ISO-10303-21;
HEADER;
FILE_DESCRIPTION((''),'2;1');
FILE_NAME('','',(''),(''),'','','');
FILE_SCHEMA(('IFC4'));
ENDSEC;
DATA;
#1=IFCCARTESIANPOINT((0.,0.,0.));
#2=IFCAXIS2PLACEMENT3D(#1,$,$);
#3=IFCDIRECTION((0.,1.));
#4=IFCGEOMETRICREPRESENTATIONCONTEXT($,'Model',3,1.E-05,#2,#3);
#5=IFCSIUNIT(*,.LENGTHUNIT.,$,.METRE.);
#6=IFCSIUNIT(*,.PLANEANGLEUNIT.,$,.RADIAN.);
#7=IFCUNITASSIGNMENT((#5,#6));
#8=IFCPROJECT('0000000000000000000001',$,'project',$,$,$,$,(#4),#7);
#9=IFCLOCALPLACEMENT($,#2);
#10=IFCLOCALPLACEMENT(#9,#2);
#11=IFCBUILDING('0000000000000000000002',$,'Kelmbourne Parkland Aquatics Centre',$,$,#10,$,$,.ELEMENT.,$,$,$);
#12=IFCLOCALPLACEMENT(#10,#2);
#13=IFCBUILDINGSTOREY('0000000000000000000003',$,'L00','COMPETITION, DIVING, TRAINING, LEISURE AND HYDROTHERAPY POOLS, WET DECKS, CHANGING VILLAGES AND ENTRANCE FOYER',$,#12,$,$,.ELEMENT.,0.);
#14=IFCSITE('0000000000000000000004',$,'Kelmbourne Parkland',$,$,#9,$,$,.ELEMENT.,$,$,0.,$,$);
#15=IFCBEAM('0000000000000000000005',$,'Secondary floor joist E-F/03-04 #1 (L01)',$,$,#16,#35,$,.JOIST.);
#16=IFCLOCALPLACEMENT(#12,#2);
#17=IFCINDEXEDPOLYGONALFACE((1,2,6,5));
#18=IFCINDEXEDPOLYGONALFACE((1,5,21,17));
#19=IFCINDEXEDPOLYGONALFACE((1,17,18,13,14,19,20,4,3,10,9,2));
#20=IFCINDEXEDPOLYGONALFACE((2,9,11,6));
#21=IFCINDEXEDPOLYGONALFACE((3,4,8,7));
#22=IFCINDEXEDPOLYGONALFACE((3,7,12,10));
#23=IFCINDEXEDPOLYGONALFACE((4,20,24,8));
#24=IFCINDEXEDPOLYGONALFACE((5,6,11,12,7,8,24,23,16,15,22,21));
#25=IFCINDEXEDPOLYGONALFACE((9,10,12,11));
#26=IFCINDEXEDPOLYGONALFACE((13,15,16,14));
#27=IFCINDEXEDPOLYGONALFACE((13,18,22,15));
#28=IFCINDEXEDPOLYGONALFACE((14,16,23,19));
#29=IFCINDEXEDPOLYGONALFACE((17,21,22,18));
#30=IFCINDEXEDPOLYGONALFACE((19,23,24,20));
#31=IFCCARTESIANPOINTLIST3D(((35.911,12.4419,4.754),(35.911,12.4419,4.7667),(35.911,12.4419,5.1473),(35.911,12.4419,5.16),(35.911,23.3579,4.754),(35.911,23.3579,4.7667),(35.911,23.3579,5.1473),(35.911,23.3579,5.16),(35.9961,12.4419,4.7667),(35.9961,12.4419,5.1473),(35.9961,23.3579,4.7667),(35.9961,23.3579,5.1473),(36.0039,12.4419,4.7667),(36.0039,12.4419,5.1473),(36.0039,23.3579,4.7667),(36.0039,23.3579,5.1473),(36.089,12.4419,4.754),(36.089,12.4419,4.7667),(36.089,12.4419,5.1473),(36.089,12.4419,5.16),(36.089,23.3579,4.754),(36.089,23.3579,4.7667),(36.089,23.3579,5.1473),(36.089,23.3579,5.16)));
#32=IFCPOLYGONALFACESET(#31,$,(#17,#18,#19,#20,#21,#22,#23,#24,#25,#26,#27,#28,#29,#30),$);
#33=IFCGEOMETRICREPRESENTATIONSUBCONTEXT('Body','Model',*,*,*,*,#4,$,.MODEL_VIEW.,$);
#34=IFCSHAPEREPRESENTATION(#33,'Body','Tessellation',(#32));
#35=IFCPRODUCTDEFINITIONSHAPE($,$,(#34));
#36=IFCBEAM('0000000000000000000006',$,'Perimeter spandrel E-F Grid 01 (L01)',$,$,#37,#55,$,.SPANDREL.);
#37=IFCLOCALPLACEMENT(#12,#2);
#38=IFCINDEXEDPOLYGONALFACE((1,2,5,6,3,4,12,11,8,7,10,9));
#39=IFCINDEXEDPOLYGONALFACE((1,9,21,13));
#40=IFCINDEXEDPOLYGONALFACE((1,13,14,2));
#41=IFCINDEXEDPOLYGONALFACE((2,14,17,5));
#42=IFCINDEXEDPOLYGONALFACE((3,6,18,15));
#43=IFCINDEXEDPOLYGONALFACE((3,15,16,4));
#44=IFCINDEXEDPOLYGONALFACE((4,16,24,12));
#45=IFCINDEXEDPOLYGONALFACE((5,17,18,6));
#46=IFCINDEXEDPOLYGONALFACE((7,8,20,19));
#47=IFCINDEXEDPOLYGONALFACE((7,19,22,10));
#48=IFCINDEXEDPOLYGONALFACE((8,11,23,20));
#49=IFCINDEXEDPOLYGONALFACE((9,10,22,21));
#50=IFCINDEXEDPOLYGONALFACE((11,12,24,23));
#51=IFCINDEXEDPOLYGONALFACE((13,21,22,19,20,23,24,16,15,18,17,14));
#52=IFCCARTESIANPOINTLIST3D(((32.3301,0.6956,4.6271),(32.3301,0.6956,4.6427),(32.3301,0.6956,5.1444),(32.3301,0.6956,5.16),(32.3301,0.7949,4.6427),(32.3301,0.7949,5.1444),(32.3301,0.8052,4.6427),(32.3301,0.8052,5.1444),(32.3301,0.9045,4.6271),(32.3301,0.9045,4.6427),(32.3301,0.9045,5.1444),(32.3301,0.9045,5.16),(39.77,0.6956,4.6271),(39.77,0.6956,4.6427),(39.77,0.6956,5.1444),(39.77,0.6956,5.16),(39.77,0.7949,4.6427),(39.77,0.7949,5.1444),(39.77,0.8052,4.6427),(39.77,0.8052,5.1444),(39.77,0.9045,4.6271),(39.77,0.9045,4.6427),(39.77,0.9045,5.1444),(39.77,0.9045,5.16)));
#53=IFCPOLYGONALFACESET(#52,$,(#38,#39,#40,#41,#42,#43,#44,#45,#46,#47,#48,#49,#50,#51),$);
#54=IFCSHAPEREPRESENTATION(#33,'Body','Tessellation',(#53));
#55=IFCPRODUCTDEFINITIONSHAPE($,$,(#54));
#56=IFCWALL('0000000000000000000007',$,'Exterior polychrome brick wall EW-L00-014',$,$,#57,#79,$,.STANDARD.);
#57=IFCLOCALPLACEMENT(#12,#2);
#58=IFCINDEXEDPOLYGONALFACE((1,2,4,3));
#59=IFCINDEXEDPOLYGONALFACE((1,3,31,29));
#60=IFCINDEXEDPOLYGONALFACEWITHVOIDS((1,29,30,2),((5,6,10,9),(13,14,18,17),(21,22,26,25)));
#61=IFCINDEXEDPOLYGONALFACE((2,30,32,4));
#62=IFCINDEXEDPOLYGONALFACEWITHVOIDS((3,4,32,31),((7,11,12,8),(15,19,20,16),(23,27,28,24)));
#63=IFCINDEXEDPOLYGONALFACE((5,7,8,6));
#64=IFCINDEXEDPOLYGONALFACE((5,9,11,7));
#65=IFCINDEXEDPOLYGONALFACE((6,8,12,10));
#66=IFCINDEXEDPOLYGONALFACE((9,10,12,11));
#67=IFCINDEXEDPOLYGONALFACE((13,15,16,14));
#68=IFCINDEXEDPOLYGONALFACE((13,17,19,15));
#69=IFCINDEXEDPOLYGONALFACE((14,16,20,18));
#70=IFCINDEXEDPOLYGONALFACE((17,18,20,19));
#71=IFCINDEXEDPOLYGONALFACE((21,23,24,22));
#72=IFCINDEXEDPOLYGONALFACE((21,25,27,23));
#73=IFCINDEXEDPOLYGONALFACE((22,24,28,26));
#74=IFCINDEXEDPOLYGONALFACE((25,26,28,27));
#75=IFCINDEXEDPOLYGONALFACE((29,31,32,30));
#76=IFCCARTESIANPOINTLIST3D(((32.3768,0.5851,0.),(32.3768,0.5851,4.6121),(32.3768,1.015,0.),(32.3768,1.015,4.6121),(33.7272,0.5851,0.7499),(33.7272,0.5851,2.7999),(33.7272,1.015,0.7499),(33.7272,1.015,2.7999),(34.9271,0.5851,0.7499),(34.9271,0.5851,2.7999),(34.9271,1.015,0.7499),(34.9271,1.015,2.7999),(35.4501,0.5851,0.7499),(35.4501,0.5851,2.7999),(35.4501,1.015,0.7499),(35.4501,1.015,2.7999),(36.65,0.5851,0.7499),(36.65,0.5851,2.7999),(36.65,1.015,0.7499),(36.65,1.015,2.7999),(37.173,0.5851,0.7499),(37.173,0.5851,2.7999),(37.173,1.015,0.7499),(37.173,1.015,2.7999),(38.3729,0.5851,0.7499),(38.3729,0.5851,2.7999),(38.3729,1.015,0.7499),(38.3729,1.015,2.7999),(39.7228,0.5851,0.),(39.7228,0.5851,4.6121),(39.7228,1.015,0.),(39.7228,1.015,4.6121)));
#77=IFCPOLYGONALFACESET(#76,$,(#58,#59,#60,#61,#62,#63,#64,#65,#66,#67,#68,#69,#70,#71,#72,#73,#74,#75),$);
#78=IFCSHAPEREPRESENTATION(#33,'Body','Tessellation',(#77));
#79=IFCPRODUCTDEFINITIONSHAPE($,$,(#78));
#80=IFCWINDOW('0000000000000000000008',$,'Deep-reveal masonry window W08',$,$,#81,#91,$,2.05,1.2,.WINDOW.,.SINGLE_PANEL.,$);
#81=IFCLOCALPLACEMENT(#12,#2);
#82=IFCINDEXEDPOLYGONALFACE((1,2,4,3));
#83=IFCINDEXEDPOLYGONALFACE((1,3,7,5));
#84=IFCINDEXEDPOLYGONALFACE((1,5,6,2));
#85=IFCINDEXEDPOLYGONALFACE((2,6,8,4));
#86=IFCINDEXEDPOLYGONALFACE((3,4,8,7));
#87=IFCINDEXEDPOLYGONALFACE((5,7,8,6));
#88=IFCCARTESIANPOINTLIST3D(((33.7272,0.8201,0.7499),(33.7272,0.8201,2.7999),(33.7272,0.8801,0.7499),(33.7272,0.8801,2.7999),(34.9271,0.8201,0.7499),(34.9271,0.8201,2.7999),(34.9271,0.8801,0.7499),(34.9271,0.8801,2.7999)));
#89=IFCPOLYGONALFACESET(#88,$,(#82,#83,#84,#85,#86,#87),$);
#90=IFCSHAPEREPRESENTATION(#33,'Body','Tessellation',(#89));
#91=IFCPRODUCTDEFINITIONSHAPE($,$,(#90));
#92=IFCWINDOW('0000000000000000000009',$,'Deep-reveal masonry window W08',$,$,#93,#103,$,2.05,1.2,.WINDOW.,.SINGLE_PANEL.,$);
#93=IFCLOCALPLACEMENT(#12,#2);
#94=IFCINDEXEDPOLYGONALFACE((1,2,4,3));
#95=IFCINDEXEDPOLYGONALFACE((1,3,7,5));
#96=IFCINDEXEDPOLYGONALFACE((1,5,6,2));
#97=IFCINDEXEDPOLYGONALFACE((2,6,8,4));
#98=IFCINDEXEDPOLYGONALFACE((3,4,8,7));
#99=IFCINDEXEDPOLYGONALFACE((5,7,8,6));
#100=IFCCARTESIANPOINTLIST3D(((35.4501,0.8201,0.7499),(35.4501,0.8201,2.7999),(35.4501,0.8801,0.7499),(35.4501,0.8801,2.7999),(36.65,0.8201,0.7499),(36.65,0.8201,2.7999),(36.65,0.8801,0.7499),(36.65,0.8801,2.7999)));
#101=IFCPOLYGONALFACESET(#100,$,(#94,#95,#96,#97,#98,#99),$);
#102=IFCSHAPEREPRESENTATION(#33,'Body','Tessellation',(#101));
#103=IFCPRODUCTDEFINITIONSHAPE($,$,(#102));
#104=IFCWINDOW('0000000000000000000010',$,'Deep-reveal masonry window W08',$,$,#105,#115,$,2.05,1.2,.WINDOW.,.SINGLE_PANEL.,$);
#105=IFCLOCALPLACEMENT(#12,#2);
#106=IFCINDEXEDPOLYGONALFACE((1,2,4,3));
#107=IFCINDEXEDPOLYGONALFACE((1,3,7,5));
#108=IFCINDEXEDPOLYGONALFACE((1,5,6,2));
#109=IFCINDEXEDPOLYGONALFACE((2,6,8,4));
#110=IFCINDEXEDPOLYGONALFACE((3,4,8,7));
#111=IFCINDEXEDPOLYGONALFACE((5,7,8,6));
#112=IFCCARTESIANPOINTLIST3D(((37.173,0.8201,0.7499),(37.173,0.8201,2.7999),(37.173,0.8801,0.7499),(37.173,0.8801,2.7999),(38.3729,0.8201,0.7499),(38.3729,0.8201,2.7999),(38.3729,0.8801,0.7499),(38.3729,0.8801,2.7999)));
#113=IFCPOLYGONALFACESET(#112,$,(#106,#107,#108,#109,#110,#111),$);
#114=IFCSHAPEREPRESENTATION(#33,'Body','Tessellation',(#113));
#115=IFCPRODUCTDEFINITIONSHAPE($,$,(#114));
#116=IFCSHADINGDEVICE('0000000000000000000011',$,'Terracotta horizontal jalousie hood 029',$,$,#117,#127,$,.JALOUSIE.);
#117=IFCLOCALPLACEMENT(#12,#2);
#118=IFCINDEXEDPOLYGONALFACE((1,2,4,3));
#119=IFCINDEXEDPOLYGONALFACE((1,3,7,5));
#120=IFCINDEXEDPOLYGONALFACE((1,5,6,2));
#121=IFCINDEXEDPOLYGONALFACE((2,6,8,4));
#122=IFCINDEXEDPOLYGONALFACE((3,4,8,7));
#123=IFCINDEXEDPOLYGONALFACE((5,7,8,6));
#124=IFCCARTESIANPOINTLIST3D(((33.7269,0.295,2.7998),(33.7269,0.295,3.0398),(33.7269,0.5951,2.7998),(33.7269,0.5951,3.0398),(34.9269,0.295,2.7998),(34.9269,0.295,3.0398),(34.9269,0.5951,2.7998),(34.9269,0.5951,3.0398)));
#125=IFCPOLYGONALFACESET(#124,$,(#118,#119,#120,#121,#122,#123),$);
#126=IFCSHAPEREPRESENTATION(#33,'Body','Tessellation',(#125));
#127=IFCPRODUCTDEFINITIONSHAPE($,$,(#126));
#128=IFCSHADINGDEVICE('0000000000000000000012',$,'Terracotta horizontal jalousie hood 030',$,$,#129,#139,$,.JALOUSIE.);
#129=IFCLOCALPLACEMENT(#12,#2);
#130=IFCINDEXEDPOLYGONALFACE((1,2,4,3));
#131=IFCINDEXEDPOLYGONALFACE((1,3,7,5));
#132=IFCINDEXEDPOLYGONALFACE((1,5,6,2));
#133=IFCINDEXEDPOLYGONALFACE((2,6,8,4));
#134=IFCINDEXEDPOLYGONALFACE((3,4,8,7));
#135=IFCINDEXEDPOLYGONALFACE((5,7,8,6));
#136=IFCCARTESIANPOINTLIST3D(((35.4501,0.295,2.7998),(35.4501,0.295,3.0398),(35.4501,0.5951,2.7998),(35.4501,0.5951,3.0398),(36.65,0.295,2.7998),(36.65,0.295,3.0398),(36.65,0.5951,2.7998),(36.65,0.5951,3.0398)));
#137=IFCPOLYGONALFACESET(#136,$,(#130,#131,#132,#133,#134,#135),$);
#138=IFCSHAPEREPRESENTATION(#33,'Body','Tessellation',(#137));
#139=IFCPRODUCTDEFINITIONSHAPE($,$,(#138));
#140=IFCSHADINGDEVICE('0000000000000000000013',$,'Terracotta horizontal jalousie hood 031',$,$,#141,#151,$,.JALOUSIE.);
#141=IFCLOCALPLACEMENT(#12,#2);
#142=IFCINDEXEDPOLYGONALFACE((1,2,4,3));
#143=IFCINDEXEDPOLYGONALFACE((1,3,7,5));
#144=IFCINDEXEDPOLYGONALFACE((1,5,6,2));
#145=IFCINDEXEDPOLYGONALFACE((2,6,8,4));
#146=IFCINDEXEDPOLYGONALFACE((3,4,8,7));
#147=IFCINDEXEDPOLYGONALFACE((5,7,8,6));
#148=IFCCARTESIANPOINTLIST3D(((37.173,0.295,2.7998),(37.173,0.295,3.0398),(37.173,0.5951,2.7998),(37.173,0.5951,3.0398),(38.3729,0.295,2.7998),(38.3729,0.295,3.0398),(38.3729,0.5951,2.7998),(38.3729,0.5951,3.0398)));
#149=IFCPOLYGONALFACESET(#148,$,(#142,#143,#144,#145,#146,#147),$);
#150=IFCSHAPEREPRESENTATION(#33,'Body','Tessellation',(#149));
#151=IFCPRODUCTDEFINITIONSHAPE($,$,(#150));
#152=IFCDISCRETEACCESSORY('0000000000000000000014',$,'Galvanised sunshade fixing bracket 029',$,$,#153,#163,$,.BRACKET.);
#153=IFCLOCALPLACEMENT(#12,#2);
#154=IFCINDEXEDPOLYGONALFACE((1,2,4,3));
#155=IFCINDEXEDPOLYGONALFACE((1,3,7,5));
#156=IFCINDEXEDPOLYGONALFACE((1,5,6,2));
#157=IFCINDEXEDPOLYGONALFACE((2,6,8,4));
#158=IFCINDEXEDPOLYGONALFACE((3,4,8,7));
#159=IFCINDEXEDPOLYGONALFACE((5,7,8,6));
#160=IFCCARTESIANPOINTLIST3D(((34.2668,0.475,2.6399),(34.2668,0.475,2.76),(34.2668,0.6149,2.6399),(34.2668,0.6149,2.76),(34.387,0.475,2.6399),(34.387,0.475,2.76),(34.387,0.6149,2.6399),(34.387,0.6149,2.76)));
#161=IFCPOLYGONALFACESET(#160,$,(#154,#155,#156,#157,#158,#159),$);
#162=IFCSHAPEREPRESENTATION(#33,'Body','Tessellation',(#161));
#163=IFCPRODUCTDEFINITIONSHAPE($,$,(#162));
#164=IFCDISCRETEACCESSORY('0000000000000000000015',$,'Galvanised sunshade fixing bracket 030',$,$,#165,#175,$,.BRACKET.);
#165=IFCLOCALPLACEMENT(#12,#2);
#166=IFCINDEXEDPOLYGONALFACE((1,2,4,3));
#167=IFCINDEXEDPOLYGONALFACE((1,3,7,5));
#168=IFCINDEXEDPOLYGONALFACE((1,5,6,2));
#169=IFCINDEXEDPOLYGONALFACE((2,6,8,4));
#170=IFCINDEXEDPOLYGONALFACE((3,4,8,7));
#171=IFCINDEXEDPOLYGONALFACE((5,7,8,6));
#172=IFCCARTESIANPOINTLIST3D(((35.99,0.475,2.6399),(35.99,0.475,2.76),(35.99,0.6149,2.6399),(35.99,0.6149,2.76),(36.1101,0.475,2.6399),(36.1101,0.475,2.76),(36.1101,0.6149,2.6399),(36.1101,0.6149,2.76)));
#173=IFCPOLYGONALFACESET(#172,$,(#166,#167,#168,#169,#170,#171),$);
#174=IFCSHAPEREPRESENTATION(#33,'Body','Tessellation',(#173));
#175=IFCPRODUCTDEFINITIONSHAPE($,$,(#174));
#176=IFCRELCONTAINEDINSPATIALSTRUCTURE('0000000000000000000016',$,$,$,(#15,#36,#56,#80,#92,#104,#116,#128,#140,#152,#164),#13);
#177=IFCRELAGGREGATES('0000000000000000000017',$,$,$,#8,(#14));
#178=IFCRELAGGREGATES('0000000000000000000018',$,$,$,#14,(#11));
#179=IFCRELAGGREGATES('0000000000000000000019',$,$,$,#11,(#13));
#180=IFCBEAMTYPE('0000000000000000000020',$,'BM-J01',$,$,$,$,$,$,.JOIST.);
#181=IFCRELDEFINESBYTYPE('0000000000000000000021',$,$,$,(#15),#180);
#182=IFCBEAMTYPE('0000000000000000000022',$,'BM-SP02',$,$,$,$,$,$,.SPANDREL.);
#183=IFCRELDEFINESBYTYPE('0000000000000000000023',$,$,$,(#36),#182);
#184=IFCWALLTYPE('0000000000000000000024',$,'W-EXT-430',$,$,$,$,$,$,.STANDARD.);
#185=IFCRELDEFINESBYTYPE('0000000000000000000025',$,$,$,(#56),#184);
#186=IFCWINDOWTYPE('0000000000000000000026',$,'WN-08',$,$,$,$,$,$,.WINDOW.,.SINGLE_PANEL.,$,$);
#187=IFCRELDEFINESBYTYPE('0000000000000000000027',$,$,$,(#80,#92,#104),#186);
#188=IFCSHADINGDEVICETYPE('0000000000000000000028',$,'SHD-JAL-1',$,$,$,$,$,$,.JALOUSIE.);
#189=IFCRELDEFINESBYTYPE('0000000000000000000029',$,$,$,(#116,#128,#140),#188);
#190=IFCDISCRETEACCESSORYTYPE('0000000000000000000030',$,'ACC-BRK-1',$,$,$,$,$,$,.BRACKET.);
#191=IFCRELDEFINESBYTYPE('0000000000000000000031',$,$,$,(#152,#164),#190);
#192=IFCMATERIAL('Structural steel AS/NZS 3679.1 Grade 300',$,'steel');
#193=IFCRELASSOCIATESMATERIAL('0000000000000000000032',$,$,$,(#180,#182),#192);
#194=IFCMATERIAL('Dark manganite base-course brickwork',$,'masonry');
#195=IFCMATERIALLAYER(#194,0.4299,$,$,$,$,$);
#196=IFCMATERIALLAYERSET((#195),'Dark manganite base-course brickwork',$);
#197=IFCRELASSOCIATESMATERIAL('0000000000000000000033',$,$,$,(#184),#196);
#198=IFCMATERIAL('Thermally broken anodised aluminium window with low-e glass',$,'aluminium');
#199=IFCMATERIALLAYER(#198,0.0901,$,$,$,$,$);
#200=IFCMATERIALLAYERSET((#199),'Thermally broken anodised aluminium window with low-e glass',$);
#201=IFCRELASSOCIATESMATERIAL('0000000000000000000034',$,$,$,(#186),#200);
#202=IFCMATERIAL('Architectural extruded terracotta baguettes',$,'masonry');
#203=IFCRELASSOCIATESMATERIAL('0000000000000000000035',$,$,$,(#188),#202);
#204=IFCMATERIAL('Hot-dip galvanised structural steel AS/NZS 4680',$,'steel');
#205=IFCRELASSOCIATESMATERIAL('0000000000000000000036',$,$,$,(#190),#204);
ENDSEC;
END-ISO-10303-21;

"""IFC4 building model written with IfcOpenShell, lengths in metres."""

from ifc_helpers import new_model, si_unit, direction, frame, frame_2d, origin, origin_2d, place, context, subcontext, project, spatial, rectangle, i_section, extrude, material, layer, layer_set, material_profile, profile_set, type_object, element, fill, save


model = new_model("IFC4")

# Units and contexts
model_context = context("Model", 3, precision=1e-05, world=origin(), true_north=direction((0.0, 1.0)))
body_context = subcontext(model_context, "Body", "Model", "MODEL_VIEW")
ifc_project = project(units=[si_unit("LENGTHUNIT", "METRE"), si_unit("PLANEANGLEUNIT", "RADIAN")], contexts=[model_context])

# Site, building, storey
site_placement = place(None, origin())
site = spatial("IfcSite", under=ifc_project, at=site_placement, Name="Kelmbourne Parkland", CompositionType="ELEMENT", RefElevation=0.0)
building_placement = place(site_placement, origin())
building = spatial("IfcBuilding", under=site, at=building_placement, Name="Kelmbourne Parkland Aquatics Centre", CompositionType="ELEMENT")
storey_placement = place(building_placement, origin())
storey = spatial("IfcBuildingStorey", under=building, at=storey_placement, Name="L00", Description="COMPETITION, DIVING, TRAINING, LEISURE AND HYDROTHERAPY POOLS, WET DECKS, CHANGING VILLAGES AND ENTRANCE FOYER", CompositionType="ELEMENT", Elevation=0.0)

# Beams
ifc_material_1 = material(Name="Structural steel AS/NZS 3679.1 Grade 300", Category="steel")
ifc_material_profile_1 = material_profile(ifc_material_1, i_section(OverallWidth=0.178, OverallDepth=0.406, WebThickness=0.0078, FlangeThickness=0.0127, at=origin_2d()), Name="410UB59.7")
ifc_profile_set_1 = profile_set([ifc_material_profile_1], Name="Structural steel AS/NZS 3679.1 Grade 300")
beam_type_1 = type_object("IfcBeamType", Name="BM-J01", PredefinedType="JOIST", material=ifc_profile_set_1)
beam_1_placement = place(storey_placement, frame((36.0, 12.4419, 4.957), z_axis=(0.0, 1.0, 0.0), x_axis=(-1.0, 0.0, 0.0)))
element("IfcBeam", 1, at=beam_1_placement, inside=storey, type_object=beam_type_1, Name="Secondary floor joist E-F/03-04 #1 (L01)", PredefinedType="JOIST", context=body_context, shape_type="SweptSolid", body=[
    extrude(i_section(OverallWidth=0.178, OverallDepth=0.406, WebThickness=0.0078, FlangeThickness=0.0127, at=origin_2d()), origin(), (0.0, 0.0, 1.0), 10.916),
])
ifc_material_profile_2 = material_profile(ifc_material_1, i_section(OverallWidth=0.209, OverallDepth=0.533, WebThickness=0.0103, FlangeThickness=0.0156, at=origin_2d()), Name="530UB92.4")
ifc_profile_set_2 = profile_set([ifc_material_profile_2], Name="Structural steel AS/NZS 3679.1 Grade 300")
beam_type_2 = type_object("IfcBeamType", Name="BM-SP02", PredefinedType="SPANDREL", material=ifc_profile_set_2)
beam_2_placement = place(storey_placement, frame((32.3301, 0.8, 4.8936), z_axis=(1.0, 0.0, 0.0), x_axis=(0.0, 1.0, 0.0)))
element("IfcBeam", 2, at=beam_2_placement, inside=storey, type_object=beam_type_2, Name="Perimeter spandrel E-F Grid 01 (L01)", PredefinedType="SPANDREL", context=body_context, shape_type="SweptSolid", body=[
    extrude(i_section(OverallWidth=0.209, OverallDepth=0.533, WebThickness=0.0103, FlangeThickness=0.0156, at=origin_2d()), origin(), (0.0, 0.0, 1.0), 7.4399),
])

# Wall, openings, windows
ifc_material_2 = material(Name="Dark manganite base-course brickwork", Category="masonry")
ifc_layer_1 = layer(ifc_material_2, 0.4299)
ifc_layer_set_1 = layer_set([ifc_layer_1], Name="Dark manganite base-course brickwork")
wall_type = type_object("IfcWallType", Name="W-EXT-430", PredefinedType="STANDARD", material=ifc_layer_set_1)
wall_placement = place(storey_placement, frame((32.377, 0.8, 0.0), z_axis=(0.0, 0.0, 1.0), x_axis=(1.0, 0.0, 0.0)))
wall = element("IfcWall", 3, at=wall_placement, inside=storey, type_object=wall_type, Name="Exterior polychrome brick wall EW-L00-014", PredefinedType="STANDARD", context=body_context, shape_type="SweptSolid", body=[
    extrude(rectangle(XDim=7.3459, YDim=0.4299, at=frame_2d((3.6729, 0.0))), origin(), (0.0, 0.0, 1.0), 4.6121),
])
opening_1_placement = place(wall_placement, frame((1.3501, 0.0, 0.75)))
opening_1 = element("IfcOpeningElement", 4, at=opening_1_placement, cuts=wall, PredefinedType="OPENING", context=body_context, shape_type="SweptSolid", body=[
    extrude(rectangle(XDim=1.2, YDim=2.05, at=frame_2d((0.6001, 1.0249))), frame((0.0, 0.2271, 0.0), z_axis=(0.0, -1.0, 0.0), x_axis=(1.0, 0.0, 0.0)), (0.0, 0.0, 1.0), 0.4539),
])
opening_2_placement = place(wall_placement, frame((3.073, 0.0, 0.75)))
opening_2 = element("IfcOpeningElement", 5, at=opening_2_placement, cuts=wall, PredefinedType="OPENING", context=body_context, shape_type="SweptSolid", body=[
    extrude(rectangle(XDim=1.2, YDim=2.05, at=frame_2d((0.6001, 1.0249))), frame((0.0, 0.2271, 0.0), z_axis=(0.0, -1.0, 0.0), x_axis=(1.0, 0.0, 0.0)), (0.0, 0.0, 1.0), 0.4539),
])
opening_3_placement = place(wall_placement, frame((4.7959, 0.0, 0.75)))
opening_3 = element("IfcOpeningElement", 6, at=opening_3_placement, cuts=wall, PredefinedType="OPENING", context=body_context, shape_type="SweptSolid", body=[
    extrude(rectangle(XDim=1.2, YDim=2.05, at=frame_2d((0.6001, 1.0249))), frame((0.0, 0.2271, 0.0), z_axis=(0.0, -1.0, 0.0), x_axis=(1.0, 0.0, 0.0)), (0.0, 0.0, 1.0), 0.4539),
])
ifc_material_3 = material(Name="Thermally broken anodised aluminium window with low-e glass", Category="aluminium")
ifc_layer_2 = layer(ifc_material_3, 0.0901)
ifc_layer_set_2 = layer_set([ifc_layer_2], Name="Thermally broken anodised aluminium window with low-e glass")
window_type = type_object("IfcWindowType", Name="WN-08", PartitioningType="SINGLE_PANEL", PredefinedType="WINDOW", material=ifc_layer_set_2)
window_1_placement = place(opening_1_placement, origin())
window_1 = element("IfcWindow", 7, at=window_1_placement, inside=storey, type_object=window_type, Name="Deep-reveal masonry window W08", OverallHeight=2.05, OverallWidth=1.2, PartitioningType="SINGLE_PANEL", PredefinedType="WINDOW", context=body_context, shape_type="SweptSolid", body=[
    extrude(rectangle(XDim=1.2, YDim=2.05, at=frame_2d((0.6001, 1.0249))), frame((0.0, 0.0801, 0.0), z_axis=(0.0, -1.0, 0.0), x_axis=(1.0, 0.0, 0.0)), (0.0, 0.0, 1.0), 0.0601),
])
fill(opening_1, window_1)
window_2_placement = place(opening_2_placement, origin())
window_2 = element("IfcWindow", 8, at=window_2_placement, inside=storey, type_object=window_type, Name="Deep-reveal masonry window W08", OverallHeight=2.05, OverallWidth=1.2, PartitioningType="SINGLE_PANEL", PredefinedType="WINDOW", context=body_context, shape_type="SweptSolid", body=[
    extrude(rectangle(XDim=1.2, YDim=2.05, at=frame_2d((0.6001, 1.0249))), frame((0.0, 0.0801, 0.0), z_axis=(0.0, -1.0, 0.0), x_axis=(1.0, 0.0, 0.0)), (0.0, 0.0, 1.0), 0.0601),
])
fill(opening_2, window_2)
window_3_placement = place(opening_3_placement, origin())
window_3 = element("IfcWindow", 9, at=window_3_placement, inside=storey, type_object=window_type, Name="Deep-reveal masonry window W08", OverallHeight=2.05, OverallWidth=1.2, PartitioningType="SINGLE_PANEL", PredefinedType="WINDOW", context=body_context, shape_type="SweptSolid", body=[
    extrude(rectangle(XDim=1.2, YDim=2.05, at=frame_2d((0.6001, 1.0249))), frame((0.0, 0.0801, 0.0), z_axis=(0.0, -1.0, 0.0), x_axis=(1.0, 0.0, 0.0)), (0.0, 0.0, 1.0), 0.0601),
])
fill(opening_3, window_3)

# Shading devices
ifc_material_4 = material(Name="Architectural extruded terracotta baguettes", Category="masonry")
shading_device_type = type_object("IfcShadingDeviceType", Name="SHD-JAL-1", PredefinedType="JALOUSIE", material=ifc_material_4)
for number, where, z_axis, x_axis, name in (
    (10, (34.3269, 0.4451, 2.7998), (0.0, 0.0, 1.0), (1.0, 0.0, 0.0), "Terracotta horizontal jalousie hood 029"),
    (11, (36.05, 0.4451, 2.7998), (0.0, 0.0, 1.0), (1.0, 0.0, 0.0), "Terracotta horizontal jalousie hood 030"),
    (12, (37.7729, 0.4451, 2.7998), (0.0, 0.0, 1.0), (1.0, 0.0, 0.0), "Terracotta horizontal jalousie hood 031"),
):
    element("IfcShadingDevice", number, at=place(storey_placement, frame(where, z_axis=z_axis, x_axis=x_axis)), inside=storey, type_object=shading_device_type, Name=name, PredefinedType="JALOUSIE", context=body_context, shape_type="SweptSolid", body=[
        extrude(rectangle(XDim=1.2, YDim=0.3, at=origin_2d()), origin(), (0.0, 0.0, 1.0), 0.24),
    ])

# Discrete accessories
ifc_material_5 = material(Name="Hot-dip galvanised structural steel AS/NZS 4680", Category="steel")
discrete_accessory_type = type_object("IfcDiscreteAccessoryType", Name="ACC-BRK-1", PredefinedType="BRACKET", material=ifc_material_5)
for number, where, z_axis, x_axis, name in (
    (13, (34.3269, 0.5449, 2.6399), (0.0, 0.0, 1.0), (1.0, 0.0, 0.0), "Galvanised sunshade fixing bracket 029"),
    (14, (36.05, 0.5449, 2.6399), (0.0, 0.0, 1.0), (1.0, 0.0, 0.0), "Galvanised sunshade fixing bracket 030"),
):
    element("IfcDiscreteAccessory", number, at=place(storey_placement, frame(where, z_axis=z_axis, x_axis=x_axis)), inside=storey, type_object=discrete_accessory_type, Name=name, PredefinedType="BRACKET", context=body_context, shape_type="SweptSolid", body=[
        extrude(rectangle(XDim=0.1201, YDim=0.1399, at=origin_2d()), origin(), (0.0, 0.0, 1.0), 0.1201),
    ])

save(model, "model.ifc")
